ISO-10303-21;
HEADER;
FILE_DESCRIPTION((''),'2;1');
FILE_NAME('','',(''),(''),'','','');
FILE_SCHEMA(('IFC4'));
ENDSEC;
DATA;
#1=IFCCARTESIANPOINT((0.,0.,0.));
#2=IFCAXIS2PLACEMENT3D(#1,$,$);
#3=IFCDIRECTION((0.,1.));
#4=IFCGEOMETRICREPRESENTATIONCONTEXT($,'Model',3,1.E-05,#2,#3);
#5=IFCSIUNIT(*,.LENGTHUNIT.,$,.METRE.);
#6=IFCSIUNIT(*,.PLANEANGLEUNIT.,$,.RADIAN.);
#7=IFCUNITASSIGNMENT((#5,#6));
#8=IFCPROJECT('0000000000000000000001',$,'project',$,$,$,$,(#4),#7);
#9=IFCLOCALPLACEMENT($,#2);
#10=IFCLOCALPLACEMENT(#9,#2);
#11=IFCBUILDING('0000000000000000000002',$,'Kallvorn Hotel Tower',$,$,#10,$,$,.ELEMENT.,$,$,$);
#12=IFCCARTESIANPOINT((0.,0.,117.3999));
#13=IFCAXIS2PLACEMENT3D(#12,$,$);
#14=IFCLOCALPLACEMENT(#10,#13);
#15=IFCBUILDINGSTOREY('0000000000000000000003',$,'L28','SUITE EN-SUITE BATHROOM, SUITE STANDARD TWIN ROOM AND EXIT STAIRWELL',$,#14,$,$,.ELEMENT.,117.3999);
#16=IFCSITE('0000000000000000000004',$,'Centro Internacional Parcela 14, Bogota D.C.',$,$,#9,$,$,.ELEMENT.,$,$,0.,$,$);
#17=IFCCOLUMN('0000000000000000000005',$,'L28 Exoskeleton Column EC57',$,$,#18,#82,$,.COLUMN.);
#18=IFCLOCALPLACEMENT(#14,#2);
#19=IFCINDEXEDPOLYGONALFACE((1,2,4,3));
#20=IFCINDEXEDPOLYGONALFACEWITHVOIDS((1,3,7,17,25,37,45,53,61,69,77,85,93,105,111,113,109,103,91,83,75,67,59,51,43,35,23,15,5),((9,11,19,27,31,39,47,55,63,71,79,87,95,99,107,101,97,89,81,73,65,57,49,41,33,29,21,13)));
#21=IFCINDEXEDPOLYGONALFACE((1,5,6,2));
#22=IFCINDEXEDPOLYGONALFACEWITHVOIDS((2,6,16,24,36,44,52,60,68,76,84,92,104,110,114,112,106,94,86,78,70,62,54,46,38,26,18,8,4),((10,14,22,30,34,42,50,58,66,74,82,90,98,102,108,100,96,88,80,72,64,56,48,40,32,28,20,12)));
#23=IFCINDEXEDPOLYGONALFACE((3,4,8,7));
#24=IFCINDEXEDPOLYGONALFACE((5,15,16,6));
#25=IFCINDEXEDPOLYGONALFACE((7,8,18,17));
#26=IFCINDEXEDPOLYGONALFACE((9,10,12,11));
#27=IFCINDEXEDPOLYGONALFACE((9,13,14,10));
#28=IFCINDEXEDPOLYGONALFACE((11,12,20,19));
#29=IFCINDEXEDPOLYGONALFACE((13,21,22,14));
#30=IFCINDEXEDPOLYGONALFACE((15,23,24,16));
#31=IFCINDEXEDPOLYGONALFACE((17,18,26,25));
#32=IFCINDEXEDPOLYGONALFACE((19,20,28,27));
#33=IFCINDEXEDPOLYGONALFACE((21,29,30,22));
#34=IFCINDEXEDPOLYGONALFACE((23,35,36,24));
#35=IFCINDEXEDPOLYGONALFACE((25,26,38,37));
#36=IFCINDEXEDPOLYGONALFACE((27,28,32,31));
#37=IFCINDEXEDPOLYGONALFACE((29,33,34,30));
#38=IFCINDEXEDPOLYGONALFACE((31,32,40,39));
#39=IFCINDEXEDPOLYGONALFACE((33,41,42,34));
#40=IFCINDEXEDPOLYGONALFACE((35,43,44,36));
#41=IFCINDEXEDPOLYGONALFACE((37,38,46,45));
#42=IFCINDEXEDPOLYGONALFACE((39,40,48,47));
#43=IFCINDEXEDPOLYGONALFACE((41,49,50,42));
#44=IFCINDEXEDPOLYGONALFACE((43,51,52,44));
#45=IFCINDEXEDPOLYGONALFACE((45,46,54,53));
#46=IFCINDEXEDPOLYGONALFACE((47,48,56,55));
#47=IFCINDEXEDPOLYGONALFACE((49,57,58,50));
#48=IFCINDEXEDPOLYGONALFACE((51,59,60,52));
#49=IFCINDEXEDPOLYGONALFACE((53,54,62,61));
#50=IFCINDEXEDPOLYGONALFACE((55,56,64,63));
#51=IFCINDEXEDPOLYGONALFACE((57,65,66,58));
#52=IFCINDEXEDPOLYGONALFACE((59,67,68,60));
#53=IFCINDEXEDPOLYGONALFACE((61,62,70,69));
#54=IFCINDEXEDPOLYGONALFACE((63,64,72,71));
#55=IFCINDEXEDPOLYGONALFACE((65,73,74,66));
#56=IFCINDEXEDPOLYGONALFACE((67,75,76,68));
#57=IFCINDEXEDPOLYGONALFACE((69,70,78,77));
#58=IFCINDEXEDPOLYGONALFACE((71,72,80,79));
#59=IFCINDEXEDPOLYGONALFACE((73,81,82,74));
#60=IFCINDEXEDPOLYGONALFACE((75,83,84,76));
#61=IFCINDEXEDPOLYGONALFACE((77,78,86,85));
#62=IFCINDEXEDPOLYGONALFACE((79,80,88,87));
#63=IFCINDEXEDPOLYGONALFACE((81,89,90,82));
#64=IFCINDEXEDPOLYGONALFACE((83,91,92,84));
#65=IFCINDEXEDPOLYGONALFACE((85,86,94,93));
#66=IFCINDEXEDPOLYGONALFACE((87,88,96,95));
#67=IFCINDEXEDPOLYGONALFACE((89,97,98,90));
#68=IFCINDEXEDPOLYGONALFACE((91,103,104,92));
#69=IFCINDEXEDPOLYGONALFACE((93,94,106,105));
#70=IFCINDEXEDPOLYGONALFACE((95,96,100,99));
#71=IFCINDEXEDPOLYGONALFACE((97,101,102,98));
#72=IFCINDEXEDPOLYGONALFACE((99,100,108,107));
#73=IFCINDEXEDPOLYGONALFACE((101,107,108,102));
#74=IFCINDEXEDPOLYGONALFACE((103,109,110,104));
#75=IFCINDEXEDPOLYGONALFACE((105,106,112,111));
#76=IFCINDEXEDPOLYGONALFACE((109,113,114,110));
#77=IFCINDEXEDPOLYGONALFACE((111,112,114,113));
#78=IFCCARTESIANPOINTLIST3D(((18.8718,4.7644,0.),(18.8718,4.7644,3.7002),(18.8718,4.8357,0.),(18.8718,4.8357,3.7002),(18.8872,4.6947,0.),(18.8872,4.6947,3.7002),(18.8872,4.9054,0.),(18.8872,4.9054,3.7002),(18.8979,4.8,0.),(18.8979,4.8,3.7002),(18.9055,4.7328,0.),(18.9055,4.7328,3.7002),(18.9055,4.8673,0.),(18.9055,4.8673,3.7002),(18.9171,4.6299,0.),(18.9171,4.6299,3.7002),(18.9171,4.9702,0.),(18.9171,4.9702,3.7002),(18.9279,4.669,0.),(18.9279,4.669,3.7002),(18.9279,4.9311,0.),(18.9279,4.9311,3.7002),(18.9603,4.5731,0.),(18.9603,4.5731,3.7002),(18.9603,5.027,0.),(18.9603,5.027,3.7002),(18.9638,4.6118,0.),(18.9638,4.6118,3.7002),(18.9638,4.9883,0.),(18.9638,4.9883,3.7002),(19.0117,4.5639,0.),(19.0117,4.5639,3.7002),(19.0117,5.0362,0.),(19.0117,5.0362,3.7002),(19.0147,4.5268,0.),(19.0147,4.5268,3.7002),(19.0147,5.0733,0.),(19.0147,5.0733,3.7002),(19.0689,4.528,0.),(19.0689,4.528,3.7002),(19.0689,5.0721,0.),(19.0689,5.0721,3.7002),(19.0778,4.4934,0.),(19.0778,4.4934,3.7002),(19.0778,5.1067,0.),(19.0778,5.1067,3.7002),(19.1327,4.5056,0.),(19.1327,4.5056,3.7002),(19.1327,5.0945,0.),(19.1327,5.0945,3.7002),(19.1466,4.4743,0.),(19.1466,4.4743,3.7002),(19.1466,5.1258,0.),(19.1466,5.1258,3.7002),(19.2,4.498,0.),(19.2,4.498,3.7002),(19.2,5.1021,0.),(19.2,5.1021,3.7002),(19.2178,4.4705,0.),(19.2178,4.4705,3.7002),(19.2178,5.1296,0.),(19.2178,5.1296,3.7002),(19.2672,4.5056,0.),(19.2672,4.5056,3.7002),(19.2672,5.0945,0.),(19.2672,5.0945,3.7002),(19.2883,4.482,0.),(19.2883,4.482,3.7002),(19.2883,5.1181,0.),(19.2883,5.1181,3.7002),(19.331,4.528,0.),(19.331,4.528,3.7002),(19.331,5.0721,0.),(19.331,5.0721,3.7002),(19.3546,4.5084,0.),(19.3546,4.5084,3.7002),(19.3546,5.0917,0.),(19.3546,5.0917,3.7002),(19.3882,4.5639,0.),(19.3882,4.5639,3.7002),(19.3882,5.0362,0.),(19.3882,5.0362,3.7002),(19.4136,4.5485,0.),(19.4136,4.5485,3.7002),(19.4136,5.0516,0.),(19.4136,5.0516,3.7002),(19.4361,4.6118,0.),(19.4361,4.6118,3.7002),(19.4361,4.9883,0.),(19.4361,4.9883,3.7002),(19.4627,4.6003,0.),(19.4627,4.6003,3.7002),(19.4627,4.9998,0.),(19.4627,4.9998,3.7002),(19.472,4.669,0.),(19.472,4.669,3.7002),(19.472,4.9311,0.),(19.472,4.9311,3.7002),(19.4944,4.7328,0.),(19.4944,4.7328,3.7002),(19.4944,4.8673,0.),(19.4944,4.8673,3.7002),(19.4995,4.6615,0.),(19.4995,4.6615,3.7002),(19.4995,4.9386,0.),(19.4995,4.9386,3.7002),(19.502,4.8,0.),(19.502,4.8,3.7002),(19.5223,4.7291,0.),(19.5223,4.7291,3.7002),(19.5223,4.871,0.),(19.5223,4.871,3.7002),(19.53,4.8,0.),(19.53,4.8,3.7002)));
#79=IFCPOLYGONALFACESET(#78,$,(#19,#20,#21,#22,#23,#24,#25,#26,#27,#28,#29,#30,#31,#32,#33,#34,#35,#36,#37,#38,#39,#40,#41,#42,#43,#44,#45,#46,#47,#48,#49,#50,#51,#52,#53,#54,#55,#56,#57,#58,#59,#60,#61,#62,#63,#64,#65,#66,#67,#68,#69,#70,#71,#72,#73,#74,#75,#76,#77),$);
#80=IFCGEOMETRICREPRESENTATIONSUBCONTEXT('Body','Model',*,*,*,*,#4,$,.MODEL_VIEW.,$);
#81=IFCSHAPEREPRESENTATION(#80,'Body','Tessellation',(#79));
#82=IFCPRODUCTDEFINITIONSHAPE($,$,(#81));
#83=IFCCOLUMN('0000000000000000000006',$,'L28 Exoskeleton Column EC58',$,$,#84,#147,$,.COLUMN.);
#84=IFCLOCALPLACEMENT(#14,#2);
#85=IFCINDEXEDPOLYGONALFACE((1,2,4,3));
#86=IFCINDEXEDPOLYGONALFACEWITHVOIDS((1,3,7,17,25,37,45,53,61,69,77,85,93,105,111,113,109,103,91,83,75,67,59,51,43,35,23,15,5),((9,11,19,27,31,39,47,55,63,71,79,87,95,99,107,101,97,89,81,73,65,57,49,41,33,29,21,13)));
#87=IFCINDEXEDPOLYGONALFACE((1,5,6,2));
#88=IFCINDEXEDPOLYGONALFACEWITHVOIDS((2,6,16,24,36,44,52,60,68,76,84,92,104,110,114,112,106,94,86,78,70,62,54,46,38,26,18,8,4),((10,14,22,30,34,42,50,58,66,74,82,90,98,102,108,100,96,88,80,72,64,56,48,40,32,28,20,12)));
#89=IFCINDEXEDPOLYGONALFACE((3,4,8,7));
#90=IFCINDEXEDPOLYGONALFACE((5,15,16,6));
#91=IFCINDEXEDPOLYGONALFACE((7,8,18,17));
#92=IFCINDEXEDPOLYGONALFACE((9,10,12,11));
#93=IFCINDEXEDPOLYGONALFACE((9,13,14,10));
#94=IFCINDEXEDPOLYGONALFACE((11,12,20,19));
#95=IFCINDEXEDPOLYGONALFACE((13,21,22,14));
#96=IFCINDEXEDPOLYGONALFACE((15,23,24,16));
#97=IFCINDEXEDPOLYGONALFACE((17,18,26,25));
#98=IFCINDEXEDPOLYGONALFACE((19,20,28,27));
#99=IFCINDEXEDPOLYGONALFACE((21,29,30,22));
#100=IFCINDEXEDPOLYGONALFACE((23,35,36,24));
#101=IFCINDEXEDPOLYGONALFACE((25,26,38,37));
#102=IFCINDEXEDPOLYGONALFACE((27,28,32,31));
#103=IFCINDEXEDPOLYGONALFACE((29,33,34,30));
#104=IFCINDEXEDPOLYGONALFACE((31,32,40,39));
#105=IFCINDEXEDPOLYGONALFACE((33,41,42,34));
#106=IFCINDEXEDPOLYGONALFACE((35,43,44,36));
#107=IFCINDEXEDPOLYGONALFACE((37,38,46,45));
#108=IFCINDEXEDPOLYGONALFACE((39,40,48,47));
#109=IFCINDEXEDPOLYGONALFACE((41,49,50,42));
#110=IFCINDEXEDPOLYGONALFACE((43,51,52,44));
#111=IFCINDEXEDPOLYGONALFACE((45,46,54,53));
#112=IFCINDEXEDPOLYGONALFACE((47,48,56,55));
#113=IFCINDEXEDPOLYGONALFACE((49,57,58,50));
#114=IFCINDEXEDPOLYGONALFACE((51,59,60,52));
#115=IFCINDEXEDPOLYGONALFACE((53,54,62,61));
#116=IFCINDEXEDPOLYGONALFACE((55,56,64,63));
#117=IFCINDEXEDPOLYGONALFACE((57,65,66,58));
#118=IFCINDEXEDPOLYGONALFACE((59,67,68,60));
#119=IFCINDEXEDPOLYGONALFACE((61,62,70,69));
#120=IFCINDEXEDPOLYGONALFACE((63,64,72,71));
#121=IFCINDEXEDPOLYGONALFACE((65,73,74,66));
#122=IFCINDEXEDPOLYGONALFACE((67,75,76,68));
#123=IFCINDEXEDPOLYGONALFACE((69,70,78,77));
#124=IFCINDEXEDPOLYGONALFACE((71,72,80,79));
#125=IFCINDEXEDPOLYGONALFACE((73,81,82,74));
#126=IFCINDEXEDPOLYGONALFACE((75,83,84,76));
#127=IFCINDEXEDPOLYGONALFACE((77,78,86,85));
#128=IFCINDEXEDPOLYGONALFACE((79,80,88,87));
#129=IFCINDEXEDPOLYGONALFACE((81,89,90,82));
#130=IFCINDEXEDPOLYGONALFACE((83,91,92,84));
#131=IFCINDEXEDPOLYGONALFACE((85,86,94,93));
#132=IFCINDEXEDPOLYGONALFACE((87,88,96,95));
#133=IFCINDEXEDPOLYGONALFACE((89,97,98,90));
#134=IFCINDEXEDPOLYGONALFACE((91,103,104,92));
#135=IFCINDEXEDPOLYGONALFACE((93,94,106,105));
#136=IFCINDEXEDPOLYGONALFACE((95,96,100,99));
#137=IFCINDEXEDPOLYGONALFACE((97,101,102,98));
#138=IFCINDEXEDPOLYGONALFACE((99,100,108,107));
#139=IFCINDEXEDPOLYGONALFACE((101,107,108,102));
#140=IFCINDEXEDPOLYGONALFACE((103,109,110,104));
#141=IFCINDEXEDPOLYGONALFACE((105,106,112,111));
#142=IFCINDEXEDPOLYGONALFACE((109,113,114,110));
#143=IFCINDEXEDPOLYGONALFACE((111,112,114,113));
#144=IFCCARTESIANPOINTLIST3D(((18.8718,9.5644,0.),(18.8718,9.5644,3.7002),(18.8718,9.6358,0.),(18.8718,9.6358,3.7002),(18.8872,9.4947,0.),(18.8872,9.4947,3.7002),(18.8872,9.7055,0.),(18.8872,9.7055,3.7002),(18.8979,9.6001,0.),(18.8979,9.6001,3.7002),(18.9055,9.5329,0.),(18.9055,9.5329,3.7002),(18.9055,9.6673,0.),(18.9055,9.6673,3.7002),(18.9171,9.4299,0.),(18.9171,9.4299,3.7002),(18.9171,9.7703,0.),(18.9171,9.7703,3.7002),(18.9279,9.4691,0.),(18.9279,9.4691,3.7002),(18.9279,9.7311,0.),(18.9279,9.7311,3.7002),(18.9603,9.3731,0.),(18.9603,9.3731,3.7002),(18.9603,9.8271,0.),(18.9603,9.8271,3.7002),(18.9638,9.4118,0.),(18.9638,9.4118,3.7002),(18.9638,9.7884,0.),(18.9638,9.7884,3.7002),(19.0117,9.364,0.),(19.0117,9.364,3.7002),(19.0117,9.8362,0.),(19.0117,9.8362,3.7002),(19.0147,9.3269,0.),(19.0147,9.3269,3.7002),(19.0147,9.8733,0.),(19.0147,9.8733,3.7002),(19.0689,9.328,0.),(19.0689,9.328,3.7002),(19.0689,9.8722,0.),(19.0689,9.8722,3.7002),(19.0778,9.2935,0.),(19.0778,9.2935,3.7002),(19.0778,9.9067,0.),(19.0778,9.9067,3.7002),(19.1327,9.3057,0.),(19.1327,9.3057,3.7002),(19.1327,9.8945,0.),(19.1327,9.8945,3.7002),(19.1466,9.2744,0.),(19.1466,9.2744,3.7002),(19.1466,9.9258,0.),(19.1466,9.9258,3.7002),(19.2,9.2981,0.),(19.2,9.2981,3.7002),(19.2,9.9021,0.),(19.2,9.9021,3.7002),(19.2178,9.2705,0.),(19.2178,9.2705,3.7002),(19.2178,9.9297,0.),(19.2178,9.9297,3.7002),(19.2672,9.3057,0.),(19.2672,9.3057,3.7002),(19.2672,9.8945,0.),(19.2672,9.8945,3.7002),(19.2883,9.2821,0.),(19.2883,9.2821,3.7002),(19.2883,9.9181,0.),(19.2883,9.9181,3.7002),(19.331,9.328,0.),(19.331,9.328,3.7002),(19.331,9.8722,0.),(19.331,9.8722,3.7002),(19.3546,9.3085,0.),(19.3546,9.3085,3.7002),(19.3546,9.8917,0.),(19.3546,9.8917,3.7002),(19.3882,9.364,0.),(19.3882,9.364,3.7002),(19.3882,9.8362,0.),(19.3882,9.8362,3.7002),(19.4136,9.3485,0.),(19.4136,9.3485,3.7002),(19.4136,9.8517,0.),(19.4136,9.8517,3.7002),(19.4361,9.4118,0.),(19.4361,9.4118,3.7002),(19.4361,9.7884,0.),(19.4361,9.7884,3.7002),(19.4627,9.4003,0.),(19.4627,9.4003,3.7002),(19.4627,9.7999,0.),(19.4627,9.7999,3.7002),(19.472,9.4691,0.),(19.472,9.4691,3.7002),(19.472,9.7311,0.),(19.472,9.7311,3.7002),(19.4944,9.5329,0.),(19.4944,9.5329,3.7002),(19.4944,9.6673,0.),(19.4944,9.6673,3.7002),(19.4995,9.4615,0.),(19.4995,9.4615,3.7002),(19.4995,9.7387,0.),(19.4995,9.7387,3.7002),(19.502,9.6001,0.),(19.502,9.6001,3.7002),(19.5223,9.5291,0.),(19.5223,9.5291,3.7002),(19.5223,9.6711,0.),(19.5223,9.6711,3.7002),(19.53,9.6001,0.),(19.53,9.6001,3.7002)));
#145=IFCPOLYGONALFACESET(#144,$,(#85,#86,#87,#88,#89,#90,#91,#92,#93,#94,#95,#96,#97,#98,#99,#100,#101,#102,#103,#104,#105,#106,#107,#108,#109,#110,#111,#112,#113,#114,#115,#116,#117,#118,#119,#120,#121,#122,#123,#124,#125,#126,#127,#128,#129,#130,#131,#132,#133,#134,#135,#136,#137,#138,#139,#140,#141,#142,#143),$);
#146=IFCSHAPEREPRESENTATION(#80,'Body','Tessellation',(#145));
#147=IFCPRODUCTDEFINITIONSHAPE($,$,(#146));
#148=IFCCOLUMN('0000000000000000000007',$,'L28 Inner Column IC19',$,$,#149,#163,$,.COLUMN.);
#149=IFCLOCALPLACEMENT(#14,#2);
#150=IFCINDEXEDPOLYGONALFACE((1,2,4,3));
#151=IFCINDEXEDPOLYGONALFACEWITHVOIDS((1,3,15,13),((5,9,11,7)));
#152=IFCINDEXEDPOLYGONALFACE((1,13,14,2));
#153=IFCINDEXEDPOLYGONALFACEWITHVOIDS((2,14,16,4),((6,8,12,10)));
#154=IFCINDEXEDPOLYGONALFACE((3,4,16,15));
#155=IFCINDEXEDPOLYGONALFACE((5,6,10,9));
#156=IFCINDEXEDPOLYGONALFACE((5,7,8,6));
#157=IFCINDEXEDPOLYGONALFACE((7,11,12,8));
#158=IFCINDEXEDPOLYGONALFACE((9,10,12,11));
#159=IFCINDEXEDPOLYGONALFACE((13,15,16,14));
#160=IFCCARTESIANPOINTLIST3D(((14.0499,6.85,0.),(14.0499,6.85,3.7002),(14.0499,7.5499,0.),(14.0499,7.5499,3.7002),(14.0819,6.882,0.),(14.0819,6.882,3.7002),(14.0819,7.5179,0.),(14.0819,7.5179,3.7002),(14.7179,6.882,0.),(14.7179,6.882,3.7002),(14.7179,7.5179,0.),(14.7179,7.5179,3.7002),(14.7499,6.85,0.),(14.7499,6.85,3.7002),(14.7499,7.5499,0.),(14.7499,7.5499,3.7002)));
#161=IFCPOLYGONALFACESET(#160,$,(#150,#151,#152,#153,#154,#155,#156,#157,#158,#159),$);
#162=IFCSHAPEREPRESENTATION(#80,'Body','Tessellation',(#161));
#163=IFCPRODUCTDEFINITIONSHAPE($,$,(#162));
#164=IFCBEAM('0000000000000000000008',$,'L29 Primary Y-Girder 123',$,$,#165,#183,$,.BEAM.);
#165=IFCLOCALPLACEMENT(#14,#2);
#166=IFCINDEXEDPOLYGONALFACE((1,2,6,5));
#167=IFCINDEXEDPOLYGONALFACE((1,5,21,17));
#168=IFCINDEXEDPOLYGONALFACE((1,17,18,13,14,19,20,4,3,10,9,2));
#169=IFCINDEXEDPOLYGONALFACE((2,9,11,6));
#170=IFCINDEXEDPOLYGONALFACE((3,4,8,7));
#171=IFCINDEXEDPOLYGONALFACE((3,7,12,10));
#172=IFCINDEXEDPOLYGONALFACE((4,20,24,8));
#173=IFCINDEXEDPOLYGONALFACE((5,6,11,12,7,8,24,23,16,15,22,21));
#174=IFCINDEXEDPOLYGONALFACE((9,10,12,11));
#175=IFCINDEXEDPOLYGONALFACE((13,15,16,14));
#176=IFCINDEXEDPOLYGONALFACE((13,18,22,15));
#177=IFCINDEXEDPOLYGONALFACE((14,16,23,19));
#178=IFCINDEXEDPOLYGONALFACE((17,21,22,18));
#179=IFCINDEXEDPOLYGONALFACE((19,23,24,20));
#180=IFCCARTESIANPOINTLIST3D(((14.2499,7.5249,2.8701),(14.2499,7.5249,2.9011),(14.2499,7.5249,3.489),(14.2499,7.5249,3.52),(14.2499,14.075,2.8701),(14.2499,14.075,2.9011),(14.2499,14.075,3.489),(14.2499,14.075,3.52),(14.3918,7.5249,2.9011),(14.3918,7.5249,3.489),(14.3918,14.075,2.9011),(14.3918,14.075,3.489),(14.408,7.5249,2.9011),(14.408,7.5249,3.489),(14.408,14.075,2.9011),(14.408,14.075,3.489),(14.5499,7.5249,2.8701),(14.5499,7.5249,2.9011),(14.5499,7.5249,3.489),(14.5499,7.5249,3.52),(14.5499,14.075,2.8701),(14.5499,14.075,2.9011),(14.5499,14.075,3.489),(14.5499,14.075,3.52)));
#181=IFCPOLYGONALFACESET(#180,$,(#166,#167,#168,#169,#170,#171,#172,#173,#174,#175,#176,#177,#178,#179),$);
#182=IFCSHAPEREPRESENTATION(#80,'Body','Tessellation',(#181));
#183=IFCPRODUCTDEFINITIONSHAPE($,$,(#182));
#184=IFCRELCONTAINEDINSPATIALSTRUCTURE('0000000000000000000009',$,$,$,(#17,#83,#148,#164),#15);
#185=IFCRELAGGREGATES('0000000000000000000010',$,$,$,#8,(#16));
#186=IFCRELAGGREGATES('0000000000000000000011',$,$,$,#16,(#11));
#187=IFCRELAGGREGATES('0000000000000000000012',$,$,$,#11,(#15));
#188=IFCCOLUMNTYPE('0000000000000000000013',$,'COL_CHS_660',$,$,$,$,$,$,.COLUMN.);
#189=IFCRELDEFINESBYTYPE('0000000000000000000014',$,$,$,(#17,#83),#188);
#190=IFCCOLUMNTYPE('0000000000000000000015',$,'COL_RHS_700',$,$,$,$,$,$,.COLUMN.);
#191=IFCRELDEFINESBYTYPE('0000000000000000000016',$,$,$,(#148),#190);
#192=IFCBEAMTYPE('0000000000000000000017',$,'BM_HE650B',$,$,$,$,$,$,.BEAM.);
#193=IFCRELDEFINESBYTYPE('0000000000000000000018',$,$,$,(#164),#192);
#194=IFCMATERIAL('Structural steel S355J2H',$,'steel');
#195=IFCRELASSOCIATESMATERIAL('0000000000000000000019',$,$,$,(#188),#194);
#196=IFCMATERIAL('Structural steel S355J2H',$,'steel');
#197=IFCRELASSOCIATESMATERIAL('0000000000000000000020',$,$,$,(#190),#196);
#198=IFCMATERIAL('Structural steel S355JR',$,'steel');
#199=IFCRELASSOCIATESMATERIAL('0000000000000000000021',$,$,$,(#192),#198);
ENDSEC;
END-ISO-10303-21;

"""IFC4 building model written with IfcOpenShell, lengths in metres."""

from ifc_helpers import new_model, si_unit, direction, frame, origin, origin_2d, place, context, subcontext, project, spatial, hollow_rectangle, hollow_circle, i_section, extrude, material, material_profile, profile_set, type_object, element, save


model = new_model("IFC4")

# Units and contexts
model_context = context("Model", 3, precision=1e-05, world=origin(), true_north=direction((0.0, 1.0)))
body_context = subcontext(model_context, "Body", "Model", "MODEL_VIEW")
ifc_project = project(units=[si_unit("LENGTHUNIT", "METRE"), si_unit("PLANEANGLEUNIT", "RADIAN")], contexts=[model_context])

# Site, building, storey
site_placement = place(None, origin())
site = spatial("IfcSite", under=ifc_project, at=site_placement, Name="Centro Internacional Parcela 14, Bogota D.C.", CompositionType="ELEMENT", RefElevation=0.0)
building_placement = place(site_placement, origin())
building = spatial("IfcBuilding", under=site, at=building_placement, Name="Kallvorn Hotel Tower", CompositionType="ELEMENT")
storey_placement = place(building_placement, frame((0.0, 0.0, 117.3999)))
storey = spatial("IfcBuildingStorey", under=building, at=storey_placement, Name="L28", Description="SUITE EN-SUITE BATHROOM, SUITE STANDARD TWIN ROOM AND EXIT STAIRWELL", CompositionType="ELEMENT", Elevation=117.3999)

# Columns
ifc_material_1 = material(Name="Structural steel S355J2H", Category="steel")
ifc_material_profile_1 = material_profile(ifc_material_1, hollow_circle(Radius=0.3301, WallThickness=0.0281, at=origin_2d()), Name="CHS 660x28")
ifc_profile_set_1 = profile_set([ifc_material_profile_1], Name="Structural steel S355J2H")
column_type_1 = type_object("IfcColumnType", Name="COL_CHS_660", PredefinedType="COLUMN", material=ifc_profile_set_1)
for number, where, z_axis, x_axis, name in (
    (1, (19.2, 4.8, 0.0), (0.0, 0.0, 1.0), (1.0, 0.0, 0.0), "L28 Exoskeleton Column EC57"),
    (2, (19.2, 9.6001, 0.0), (0.0, 0.0, 1.0), (1.0, 0.0, 0.0), "L28 Exoskeleton Column EC58"),
):
    element("IfcColumn", number, at=place(storey_placement, frame(where, z_axis=z_axis, x_axis=x_axis)), inside=storey, type_object=column_type_1, Name=name, PredefinedType="COLUMN", context=body_context, shape_type="SweptSolid", body=[
        extrude(hollow_circle(Radius=0.3301, WallThickness=0.0281, at=origin_2d()), origin(), (0.0, 0.0, 1.0), 3.7002),
    ])
ifc_material_2 = material(Name="Structural steel S355J2H", Category="steel")
ifc_material_profile_2 = material_profile(ifc_material_2, hollow_rectangle(XDim=0.7, YDim=0.7, WallThickness=0.032, at=origin_2d()), Name="RHS 700x700x32")
ifc_profile_set_2 = profile_set([ifc_material_profile_2], Name="Structural steel S355J2H")
column_type_2 = type_object("IfcColumnType", Name="COL_RHS_700", PredefinedType="COLUMN", material=ifc_profile_set_2)
column_placement = place(storey_placement, frame((14.3999, 7.2, 0.0), z_axis=(0.0, 0.0, 1.0), x_axis=(1.0, 0.0, 0.0)))
element("IfcColumn", 3, at=column_placement, inside=storey, type_object=column_type_2, Name="L28 Inner Column IC19", PredefinedType="COLUMN", context=body_context, shape_type="SweptSolid", body=[
    extrude(hollow_rectangle(XDim=0.7, YDim=0.7, WallThickness=0.032, at=origin_2d()), origin(), (0.0, 0.0, 1.0), 3.7002),
])

# Beam
ifc_material_3 = material(Name="Structural steel S355JR", Category="steel")
ifc_material_profile_3 = material_profile(ifc_material_3, i_section(OverallWidth=0.3, OverallDepth=0.6499, WebThickness=0.0161, FlangeThickness=0.031, at=origin_2d()), Name="HE 650 B")
ifc_profile_set_3 = profile_set([ifc_material_profile_3], Name="Structural steel S355JR")
beam_type_1 = type_object("IfcBeamType", Name="BM_HE650B", PredefinedType="BEAM", material=ifc_profile_set_3)
beam_1_placement = place(storey_placement, frame((14.3999, 7.5249, 3.1951), z_axis=(0.0, 1.0, 0.0), x_axis=(-1.0, 0.0, 0.0)))
element("IfcBeam", 4, at=beam_1_placement, inside=storey, type_object=beam_type_1, Name="L29 Primary Y-Girder 123", PredefinedType="BEAM", context=body_context, shape_type="SweptSolid", body=[
    extrude(i_section(OverallWidth=0.3, OverallDepth=0.6499, WebThickness=0.0161, FlangeThickness=0.031, at=origin_2d()), origin(), (0.0, 0.0, 1.0), 6.55),
])

save(model, "model.ifc")
